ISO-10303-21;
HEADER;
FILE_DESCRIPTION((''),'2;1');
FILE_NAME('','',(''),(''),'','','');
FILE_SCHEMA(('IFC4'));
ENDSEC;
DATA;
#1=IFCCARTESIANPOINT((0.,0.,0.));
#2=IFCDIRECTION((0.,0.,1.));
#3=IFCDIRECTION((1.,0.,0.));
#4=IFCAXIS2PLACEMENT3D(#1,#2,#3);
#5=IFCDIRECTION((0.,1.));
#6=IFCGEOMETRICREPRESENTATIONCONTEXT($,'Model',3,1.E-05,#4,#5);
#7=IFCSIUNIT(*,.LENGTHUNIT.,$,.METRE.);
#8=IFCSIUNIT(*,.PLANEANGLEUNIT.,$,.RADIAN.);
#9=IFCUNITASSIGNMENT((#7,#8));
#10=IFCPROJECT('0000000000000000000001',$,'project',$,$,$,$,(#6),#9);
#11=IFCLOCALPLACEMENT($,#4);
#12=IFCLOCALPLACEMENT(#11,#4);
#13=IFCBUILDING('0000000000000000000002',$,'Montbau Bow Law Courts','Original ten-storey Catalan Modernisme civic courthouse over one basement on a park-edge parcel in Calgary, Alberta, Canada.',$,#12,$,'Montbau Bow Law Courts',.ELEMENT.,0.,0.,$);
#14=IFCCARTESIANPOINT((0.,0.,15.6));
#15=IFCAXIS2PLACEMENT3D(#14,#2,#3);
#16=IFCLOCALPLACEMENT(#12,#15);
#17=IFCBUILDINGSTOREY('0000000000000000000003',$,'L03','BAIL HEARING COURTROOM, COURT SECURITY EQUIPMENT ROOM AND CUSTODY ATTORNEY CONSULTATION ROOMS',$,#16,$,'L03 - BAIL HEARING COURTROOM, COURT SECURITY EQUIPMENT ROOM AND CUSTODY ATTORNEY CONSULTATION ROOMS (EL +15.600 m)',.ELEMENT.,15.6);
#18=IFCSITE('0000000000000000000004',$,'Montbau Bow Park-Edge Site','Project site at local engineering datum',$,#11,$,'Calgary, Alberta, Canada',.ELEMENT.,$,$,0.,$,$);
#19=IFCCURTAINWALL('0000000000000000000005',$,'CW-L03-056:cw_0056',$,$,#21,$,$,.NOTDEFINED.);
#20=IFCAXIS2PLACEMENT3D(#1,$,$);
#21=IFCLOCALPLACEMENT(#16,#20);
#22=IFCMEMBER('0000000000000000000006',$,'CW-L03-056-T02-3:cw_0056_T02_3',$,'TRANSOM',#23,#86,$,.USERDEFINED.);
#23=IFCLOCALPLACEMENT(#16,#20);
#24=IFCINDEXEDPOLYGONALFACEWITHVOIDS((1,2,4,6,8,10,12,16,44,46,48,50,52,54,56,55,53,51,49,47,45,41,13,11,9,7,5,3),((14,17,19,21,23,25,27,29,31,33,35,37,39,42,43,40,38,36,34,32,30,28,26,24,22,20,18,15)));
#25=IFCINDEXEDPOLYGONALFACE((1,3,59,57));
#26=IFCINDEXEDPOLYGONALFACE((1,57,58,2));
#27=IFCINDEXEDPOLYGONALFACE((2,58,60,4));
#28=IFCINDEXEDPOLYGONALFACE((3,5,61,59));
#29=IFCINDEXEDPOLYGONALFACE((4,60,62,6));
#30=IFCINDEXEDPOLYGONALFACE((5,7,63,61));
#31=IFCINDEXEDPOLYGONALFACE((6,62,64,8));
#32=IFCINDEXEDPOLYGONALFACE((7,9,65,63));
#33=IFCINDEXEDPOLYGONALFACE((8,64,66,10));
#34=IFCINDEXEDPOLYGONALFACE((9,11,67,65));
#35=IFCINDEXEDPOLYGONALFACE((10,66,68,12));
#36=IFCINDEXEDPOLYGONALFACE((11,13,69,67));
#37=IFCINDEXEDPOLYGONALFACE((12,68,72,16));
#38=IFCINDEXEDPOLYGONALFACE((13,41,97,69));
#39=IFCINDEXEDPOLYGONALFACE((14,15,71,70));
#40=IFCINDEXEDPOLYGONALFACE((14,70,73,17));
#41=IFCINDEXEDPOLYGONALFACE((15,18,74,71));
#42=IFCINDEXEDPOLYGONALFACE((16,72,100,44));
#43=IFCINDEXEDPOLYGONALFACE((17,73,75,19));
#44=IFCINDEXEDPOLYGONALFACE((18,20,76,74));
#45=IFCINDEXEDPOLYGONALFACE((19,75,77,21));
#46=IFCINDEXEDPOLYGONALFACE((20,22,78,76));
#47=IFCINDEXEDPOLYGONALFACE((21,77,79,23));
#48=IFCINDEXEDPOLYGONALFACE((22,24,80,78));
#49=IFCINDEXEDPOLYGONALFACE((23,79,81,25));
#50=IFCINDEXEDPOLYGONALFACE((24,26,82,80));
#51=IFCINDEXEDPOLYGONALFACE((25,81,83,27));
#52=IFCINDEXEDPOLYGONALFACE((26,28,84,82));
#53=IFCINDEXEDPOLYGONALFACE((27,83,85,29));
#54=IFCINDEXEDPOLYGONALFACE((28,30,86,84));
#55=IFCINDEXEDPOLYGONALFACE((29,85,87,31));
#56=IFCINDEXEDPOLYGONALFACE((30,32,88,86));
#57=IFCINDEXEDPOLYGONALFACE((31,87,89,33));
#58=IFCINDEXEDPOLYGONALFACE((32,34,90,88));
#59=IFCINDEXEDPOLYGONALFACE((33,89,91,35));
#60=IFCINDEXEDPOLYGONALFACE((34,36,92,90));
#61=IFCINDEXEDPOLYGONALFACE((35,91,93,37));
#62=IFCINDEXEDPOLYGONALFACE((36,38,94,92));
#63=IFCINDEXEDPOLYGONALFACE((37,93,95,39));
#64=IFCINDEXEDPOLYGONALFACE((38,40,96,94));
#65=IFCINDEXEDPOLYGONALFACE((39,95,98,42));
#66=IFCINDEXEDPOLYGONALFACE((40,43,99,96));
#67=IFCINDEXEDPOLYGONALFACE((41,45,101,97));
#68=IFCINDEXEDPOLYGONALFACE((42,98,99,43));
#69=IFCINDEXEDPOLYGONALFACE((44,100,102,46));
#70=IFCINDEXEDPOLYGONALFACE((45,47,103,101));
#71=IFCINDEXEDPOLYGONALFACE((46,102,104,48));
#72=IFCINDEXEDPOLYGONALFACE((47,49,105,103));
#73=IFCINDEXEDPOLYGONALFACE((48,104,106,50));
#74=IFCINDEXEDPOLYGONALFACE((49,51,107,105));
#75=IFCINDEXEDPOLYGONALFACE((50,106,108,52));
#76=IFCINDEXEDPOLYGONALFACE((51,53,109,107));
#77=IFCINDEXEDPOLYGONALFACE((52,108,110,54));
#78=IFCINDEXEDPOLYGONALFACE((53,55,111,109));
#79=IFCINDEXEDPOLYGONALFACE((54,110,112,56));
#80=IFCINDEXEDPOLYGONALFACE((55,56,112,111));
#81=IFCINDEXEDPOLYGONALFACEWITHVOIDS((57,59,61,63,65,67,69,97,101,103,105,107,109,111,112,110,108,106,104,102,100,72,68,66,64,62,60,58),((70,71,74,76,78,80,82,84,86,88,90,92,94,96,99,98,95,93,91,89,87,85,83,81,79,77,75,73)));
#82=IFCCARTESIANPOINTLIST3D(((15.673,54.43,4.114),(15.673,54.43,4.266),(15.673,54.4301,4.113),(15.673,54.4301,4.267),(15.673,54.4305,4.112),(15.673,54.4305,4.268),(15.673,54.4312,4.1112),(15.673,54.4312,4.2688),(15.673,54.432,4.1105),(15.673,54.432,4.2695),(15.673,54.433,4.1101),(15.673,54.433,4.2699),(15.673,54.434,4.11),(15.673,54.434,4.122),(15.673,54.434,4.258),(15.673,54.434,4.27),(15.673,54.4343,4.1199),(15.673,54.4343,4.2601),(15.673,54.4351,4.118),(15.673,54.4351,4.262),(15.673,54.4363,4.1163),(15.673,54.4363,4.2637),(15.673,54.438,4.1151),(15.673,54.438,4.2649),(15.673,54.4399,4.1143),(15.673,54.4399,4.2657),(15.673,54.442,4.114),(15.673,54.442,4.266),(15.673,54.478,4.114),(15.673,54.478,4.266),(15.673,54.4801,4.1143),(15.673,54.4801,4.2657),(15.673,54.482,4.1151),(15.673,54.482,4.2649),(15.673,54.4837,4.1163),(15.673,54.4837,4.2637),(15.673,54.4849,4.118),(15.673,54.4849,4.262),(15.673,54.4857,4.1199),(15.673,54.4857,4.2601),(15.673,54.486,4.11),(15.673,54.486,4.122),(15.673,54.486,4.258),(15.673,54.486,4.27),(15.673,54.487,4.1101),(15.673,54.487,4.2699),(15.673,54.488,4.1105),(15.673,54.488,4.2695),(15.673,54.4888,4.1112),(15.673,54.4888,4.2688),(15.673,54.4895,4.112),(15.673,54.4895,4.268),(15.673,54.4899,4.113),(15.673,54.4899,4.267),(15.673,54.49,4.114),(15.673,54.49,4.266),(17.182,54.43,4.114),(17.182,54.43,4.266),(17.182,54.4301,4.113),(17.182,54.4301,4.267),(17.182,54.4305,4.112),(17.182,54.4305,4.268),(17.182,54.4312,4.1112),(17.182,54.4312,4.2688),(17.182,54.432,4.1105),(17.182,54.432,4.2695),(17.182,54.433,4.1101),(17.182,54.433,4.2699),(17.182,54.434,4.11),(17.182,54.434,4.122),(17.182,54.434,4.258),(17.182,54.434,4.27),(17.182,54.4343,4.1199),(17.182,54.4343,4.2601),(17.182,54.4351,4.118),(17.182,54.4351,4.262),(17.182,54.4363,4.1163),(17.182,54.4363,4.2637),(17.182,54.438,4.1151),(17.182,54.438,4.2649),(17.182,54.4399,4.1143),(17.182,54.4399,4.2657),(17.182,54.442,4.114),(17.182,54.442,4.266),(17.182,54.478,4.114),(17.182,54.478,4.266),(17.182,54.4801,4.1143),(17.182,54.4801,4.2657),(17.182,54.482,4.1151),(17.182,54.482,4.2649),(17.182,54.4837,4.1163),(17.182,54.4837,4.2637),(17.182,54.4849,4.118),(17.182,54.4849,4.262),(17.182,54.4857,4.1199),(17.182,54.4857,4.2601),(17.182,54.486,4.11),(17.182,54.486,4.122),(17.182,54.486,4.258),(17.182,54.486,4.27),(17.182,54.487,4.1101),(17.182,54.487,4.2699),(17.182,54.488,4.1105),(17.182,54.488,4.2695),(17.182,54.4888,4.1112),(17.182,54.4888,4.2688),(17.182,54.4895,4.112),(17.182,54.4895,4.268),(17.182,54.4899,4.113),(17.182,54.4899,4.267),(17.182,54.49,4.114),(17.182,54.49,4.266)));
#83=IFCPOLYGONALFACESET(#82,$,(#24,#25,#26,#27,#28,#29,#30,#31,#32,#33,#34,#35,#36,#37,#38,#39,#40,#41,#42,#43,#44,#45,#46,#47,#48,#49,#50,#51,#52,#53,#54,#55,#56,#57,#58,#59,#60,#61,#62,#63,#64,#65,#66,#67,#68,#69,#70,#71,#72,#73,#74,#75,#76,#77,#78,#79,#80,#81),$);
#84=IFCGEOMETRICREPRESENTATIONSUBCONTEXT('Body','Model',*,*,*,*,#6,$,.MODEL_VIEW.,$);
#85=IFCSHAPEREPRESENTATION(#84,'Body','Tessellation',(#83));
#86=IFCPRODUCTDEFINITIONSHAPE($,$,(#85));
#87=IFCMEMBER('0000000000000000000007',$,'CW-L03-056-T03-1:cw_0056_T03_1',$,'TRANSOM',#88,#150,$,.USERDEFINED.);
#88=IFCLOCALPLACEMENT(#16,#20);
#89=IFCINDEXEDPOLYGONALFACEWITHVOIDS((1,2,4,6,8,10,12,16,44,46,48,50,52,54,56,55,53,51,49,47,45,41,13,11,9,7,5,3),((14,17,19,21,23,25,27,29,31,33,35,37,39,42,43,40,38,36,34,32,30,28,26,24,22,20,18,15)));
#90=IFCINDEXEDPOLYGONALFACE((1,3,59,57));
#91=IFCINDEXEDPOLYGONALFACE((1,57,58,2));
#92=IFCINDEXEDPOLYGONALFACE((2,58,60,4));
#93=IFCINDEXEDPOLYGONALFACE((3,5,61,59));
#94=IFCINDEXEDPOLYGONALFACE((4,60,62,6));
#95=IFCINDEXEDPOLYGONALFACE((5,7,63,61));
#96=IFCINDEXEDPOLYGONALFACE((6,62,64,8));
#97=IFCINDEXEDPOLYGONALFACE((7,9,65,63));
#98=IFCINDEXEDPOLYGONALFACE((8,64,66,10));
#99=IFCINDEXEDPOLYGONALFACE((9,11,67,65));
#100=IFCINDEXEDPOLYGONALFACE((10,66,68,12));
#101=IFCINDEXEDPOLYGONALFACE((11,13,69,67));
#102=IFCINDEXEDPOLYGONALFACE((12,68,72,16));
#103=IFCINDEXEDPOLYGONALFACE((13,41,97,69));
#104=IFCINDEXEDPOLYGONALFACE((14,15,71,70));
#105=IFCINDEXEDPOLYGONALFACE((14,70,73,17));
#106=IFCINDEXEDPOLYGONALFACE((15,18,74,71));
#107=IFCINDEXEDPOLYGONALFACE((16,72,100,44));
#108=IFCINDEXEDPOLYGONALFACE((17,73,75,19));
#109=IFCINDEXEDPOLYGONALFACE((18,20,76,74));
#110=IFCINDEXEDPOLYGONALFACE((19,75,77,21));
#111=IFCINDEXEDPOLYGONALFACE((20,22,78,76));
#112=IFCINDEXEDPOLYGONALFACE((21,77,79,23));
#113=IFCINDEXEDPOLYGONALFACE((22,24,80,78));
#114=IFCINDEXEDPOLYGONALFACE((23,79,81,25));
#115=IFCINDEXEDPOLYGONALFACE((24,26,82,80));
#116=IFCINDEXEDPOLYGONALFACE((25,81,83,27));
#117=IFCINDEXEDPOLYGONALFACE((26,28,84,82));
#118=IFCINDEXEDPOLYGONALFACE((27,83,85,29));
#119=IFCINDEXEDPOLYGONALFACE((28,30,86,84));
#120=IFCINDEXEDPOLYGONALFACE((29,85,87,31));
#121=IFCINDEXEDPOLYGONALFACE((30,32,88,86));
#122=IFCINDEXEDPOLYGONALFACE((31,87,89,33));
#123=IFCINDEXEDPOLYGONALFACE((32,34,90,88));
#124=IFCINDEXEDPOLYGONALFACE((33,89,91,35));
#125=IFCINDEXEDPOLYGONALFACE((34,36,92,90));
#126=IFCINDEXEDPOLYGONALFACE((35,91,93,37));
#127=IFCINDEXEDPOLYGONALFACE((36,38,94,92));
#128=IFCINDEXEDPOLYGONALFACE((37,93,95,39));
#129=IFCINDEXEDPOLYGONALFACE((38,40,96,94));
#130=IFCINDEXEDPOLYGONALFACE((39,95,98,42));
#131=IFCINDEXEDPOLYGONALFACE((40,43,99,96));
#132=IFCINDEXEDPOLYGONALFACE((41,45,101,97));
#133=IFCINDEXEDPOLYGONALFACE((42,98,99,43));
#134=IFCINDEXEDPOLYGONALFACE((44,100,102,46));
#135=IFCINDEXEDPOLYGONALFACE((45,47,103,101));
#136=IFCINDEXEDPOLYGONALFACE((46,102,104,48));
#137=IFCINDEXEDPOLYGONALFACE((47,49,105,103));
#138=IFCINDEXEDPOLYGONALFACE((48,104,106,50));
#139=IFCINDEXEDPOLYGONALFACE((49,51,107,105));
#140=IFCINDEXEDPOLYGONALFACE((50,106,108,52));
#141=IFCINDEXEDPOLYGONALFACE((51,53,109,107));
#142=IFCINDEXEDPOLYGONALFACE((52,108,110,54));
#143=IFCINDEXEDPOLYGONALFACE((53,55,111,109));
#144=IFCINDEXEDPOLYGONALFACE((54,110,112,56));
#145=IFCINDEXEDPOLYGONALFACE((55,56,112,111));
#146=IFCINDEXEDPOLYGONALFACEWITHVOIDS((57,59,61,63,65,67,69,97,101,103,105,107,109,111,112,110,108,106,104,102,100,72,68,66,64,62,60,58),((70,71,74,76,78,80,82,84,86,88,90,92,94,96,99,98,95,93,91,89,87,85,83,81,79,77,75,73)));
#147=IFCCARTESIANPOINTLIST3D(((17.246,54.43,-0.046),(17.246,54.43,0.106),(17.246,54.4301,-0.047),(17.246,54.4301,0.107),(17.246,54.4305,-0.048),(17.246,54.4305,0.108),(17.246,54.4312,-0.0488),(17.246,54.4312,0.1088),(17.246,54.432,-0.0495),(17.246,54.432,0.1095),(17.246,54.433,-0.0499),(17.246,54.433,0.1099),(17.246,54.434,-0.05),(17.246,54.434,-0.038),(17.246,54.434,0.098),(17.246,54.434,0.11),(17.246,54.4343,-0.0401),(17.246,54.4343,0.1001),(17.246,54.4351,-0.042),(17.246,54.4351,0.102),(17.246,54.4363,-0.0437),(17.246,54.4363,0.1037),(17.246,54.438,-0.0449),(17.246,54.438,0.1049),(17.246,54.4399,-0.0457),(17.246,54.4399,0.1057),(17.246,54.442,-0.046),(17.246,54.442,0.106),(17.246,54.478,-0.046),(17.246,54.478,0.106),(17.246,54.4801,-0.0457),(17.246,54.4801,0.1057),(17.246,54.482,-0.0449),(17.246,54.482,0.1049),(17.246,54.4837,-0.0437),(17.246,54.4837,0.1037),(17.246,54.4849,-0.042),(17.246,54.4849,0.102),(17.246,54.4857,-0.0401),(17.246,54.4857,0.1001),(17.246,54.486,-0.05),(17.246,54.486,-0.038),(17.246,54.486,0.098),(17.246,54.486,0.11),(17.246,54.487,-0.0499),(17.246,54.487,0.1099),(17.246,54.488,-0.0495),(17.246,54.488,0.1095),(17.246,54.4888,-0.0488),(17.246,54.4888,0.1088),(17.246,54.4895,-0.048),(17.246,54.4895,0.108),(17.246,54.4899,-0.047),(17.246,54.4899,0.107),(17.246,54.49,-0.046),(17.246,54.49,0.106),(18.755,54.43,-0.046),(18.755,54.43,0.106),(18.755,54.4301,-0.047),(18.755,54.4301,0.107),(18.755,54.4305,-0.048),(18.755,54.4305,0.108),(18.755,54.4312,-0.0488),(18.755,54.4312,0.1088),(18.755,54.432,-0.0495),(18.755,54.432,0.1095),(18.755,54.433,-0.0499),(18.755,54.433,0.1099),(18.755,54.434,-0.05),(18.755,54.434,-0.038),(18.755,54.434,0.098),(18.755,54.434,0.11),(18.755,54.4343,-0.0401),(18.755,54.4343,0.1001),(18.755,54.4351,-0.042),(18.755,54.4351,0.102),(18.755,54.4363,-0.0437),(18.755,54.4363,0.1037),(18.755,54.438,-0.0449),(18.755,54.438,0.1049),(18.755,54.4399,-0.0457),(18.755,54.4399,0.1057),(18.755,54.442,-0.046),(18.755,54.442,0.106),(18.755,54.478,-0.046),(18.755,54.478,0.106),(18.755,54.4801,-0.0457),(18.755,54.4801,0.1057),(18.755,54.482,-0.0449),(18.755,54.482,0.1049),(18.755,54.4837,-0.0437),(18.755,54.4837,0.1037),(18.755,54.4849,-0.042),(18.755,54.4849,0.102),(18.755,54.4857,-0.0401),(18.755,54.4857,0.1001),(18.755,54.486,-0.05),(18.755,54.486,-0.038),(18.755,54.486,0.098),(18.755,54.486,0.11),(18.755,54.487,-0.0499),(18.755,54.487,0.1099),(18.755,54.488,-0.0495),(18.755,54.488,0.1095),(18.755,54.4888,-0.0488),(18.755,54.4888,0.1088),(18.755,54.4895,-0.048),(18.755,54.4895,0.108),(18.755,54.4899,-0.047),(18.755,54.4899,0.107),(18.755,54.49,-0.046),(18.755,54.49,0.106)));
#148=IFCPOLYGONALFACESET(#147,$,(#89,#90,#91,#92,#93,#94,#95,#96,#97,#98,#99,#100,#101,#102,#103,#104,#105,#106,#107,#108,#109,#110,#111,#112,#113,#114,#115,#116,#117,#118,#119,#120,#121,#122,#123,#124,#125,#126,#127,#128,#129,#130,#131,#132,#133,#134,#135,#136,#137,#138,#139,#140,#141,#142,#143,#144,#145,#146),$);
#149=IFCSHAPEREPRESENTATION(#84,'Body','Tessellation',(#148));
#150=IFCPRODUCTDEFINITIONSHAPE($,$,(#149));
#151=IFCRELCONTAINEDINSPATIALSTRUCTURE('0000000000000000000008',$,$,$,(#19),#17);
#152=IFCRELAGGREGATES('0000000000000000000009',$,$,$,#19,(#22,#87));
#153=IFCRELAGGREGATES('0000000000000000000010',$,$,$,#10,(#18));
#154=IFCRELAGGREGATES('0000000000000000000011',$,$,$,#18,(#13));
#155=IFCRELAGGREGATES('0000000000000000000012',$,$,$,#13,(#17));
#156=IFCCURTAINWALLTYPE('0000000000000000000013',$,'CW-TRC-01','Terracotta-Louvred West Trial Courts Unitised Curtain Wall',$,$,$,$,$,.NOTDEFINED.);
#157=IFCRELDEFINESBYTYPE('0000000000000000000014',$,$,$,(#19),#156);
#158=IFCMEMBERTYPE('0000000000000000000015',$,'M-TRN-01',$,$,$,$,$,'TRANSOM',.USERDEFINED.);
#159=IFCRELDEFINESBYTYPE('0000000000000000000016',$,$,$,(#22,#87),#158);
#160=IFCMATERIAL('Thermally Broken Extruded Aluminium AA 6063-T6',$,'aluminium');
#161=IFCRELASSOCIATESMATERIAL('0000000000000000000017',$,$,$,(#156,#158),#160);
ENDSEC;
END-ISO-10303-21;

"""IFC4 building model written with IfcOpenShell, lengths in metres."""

from ifc_helpers import new_model, si_unit, direction, frame, origin_with_axes, origin_2d_with_axis, place, context, subcontext, project, spatial, hollow_rectangle, extrude, material, material_profile, profile_set, type_object, element, aggregate, save


model = new_model("IFC4")

# Units and contexts
model_context = context("Model", 3, precision=1e-05, world=origin_with_axes(), true_north=direction((0.0, 1.0)))
body_context = subcontext(model_context, "Body", "Model", "MODEL_VIEW")
ifc_project = project(units=[si_unit("LENGTHUNIT", "METRE"), si_unit("PLANEANGLEUNIT", "RADIAN")], contexts=[model_context])

# Site, building, storey
site_placement = place(None, origin_with_axes())
site = spatial("IfcSite", under=ifc_project, at=site_placement, Name="Montbau Bow Park-Edge Site", Description="Project site at local engineering datum", LongName="Calgary, Alberta, Canada", CompositionType="ELEMENT", RefElevation=0.0)
building_placement = place(site_placement, origin_with_axes())
building = spatial("IfcBuilding", under=site, at=building_placement, Name="Montbau Bow Law Courts", Description="Original ten-storey Catalan Modernisme civic courthouse over one basement on a park-edge parcel in Calgary, Alberta, Canada.", LongName="Montbau Bow Law Courts", CompositionType="ELEMENT", ElevationOfRefHeight=0.0, ElevationOfTerrain=0.0)
storey_placement = place(building_placement, frame((0.0, 0.0, 15.6), z_axis=(0.0, 0.0, 1.0), x_axis=(1.0, 0.0, 0.0)))
storey = spatial("IfcBuildingStorey", under=building, at=storey_placement, Name="L03", Description="BAIL HEARING COURTROOM, COURT SECURITY EQUIPMENT ROOM AND CUSTODY ATTORNEY CONSULTATION ROOMS", LongName="L03 - BAIL HEARING COURTROOM, COURT SECURITY EQUIPMENT ROOM AND CUSTODY ATTORNEY CONSULTATION ROOMS (EL +15.600 m)", CompositionType="ELEMENT", Elevation=15.6)

# Curtain wall, members
ifc_material_1 = material(Name="Thermally Broken Extruded Aluminium AA 6063-T6", Category="aluminium")
curtain_wall_type = type_object("IfcCurtainWallType", Name="CW-TRC-01", Description="Terracotta-Louvred West Trial Courts Unitised Curtain Wall", PredefinedType="NOTDEFINED", material=ifc_material_1)
curtain_wall_placement = place(None, frame((14.068, 54.46, 15.6), z_axis=(0.0, 0.0, 1.0), x_axis=(1.0, 0.0, 0.0)))
curtain_wall = element("IfcCurtainWall", 1, at=curtain_wall_placement, inside=storey, type_object=curtain_wall_type, Name="CW-L03-056:cw_0056", PredefinedType="NOTDEFINED")
ifc_material_profile_1 = material_profile(ifc_material_1, hollow_rectangle(XDim=0.06, YDim=0.16, WallThickness=0.004, InnerFilletRadius=0.008, OuterFilletRadius=0.004, at=origin_2d_with_axis()), Name="CWT-160X60", Category="Main", Priority=0)
ifc_profile_set_1 = profile_set([ifc_material_profile_1], Name="Thermally Broken Extruded Aluminium AA 6063-T6")
member_type_1 = type_object("IfcMemberType", Name="M-TRN-01", ElementType="TRANSOM", PredefinedType="USERDEFINED", material=ifc_profile_set_1)
member_1_placement = place(None, frame((15.673, 54.46, 19.79), z_axis=(1.0, 0.0, 0.0), x_axis=(0.0, 1.0, 0.0)))
member_1 = element("IfcMember", 2, at=member_1_placement, type_object=member_type_1, Name="CW-L03-056-T02-3:cw_0056_T02_3", ObjectType="TRANSOM", PredefinedType="USERDEFINED", context=body_context, shape_type="SweptSolid", body=[
    extrude(hollow_rectangle(XDim=0.06, YDim=0.16, WallThickness=0.004, InnerFilletRadius=0.008, OuterFilletRadius=0.004, at=origin_2d_with_axis()), origin_with_axes(), (0.0, 0.0, 1.0), 1.509),
])
member_2_placement = place(None, frame((17.246, 54.46, 15.63), z_axis=(1.0, 0.0, 0.0), x_axis=(0.0, 1.0, 0.0)))
member_2 = element("IfcMember", 3, at=member_2_placement, type_object=member_type_1, Name="CW-L03-056-T03-1:cw_0056_T03_1", ObjectType="TRANSOM", PredefinedType="USERDEFINED", context=body_context, shape_type="SweptSolid", body=[
    extrude(hollow_rectangle(XDim=0.06, YDim=0.16, WallThickness=0.004, InnerFilletRadius=0.008, OuterFilletRadius=0.004, at=origin_2d_with_axis()), origin_with_axes(), (0.0, 0.0, 1.0), 1.509),
])
aggregate(curtain_wall, [member_1, member_2])

save(model, "model.ifc")
